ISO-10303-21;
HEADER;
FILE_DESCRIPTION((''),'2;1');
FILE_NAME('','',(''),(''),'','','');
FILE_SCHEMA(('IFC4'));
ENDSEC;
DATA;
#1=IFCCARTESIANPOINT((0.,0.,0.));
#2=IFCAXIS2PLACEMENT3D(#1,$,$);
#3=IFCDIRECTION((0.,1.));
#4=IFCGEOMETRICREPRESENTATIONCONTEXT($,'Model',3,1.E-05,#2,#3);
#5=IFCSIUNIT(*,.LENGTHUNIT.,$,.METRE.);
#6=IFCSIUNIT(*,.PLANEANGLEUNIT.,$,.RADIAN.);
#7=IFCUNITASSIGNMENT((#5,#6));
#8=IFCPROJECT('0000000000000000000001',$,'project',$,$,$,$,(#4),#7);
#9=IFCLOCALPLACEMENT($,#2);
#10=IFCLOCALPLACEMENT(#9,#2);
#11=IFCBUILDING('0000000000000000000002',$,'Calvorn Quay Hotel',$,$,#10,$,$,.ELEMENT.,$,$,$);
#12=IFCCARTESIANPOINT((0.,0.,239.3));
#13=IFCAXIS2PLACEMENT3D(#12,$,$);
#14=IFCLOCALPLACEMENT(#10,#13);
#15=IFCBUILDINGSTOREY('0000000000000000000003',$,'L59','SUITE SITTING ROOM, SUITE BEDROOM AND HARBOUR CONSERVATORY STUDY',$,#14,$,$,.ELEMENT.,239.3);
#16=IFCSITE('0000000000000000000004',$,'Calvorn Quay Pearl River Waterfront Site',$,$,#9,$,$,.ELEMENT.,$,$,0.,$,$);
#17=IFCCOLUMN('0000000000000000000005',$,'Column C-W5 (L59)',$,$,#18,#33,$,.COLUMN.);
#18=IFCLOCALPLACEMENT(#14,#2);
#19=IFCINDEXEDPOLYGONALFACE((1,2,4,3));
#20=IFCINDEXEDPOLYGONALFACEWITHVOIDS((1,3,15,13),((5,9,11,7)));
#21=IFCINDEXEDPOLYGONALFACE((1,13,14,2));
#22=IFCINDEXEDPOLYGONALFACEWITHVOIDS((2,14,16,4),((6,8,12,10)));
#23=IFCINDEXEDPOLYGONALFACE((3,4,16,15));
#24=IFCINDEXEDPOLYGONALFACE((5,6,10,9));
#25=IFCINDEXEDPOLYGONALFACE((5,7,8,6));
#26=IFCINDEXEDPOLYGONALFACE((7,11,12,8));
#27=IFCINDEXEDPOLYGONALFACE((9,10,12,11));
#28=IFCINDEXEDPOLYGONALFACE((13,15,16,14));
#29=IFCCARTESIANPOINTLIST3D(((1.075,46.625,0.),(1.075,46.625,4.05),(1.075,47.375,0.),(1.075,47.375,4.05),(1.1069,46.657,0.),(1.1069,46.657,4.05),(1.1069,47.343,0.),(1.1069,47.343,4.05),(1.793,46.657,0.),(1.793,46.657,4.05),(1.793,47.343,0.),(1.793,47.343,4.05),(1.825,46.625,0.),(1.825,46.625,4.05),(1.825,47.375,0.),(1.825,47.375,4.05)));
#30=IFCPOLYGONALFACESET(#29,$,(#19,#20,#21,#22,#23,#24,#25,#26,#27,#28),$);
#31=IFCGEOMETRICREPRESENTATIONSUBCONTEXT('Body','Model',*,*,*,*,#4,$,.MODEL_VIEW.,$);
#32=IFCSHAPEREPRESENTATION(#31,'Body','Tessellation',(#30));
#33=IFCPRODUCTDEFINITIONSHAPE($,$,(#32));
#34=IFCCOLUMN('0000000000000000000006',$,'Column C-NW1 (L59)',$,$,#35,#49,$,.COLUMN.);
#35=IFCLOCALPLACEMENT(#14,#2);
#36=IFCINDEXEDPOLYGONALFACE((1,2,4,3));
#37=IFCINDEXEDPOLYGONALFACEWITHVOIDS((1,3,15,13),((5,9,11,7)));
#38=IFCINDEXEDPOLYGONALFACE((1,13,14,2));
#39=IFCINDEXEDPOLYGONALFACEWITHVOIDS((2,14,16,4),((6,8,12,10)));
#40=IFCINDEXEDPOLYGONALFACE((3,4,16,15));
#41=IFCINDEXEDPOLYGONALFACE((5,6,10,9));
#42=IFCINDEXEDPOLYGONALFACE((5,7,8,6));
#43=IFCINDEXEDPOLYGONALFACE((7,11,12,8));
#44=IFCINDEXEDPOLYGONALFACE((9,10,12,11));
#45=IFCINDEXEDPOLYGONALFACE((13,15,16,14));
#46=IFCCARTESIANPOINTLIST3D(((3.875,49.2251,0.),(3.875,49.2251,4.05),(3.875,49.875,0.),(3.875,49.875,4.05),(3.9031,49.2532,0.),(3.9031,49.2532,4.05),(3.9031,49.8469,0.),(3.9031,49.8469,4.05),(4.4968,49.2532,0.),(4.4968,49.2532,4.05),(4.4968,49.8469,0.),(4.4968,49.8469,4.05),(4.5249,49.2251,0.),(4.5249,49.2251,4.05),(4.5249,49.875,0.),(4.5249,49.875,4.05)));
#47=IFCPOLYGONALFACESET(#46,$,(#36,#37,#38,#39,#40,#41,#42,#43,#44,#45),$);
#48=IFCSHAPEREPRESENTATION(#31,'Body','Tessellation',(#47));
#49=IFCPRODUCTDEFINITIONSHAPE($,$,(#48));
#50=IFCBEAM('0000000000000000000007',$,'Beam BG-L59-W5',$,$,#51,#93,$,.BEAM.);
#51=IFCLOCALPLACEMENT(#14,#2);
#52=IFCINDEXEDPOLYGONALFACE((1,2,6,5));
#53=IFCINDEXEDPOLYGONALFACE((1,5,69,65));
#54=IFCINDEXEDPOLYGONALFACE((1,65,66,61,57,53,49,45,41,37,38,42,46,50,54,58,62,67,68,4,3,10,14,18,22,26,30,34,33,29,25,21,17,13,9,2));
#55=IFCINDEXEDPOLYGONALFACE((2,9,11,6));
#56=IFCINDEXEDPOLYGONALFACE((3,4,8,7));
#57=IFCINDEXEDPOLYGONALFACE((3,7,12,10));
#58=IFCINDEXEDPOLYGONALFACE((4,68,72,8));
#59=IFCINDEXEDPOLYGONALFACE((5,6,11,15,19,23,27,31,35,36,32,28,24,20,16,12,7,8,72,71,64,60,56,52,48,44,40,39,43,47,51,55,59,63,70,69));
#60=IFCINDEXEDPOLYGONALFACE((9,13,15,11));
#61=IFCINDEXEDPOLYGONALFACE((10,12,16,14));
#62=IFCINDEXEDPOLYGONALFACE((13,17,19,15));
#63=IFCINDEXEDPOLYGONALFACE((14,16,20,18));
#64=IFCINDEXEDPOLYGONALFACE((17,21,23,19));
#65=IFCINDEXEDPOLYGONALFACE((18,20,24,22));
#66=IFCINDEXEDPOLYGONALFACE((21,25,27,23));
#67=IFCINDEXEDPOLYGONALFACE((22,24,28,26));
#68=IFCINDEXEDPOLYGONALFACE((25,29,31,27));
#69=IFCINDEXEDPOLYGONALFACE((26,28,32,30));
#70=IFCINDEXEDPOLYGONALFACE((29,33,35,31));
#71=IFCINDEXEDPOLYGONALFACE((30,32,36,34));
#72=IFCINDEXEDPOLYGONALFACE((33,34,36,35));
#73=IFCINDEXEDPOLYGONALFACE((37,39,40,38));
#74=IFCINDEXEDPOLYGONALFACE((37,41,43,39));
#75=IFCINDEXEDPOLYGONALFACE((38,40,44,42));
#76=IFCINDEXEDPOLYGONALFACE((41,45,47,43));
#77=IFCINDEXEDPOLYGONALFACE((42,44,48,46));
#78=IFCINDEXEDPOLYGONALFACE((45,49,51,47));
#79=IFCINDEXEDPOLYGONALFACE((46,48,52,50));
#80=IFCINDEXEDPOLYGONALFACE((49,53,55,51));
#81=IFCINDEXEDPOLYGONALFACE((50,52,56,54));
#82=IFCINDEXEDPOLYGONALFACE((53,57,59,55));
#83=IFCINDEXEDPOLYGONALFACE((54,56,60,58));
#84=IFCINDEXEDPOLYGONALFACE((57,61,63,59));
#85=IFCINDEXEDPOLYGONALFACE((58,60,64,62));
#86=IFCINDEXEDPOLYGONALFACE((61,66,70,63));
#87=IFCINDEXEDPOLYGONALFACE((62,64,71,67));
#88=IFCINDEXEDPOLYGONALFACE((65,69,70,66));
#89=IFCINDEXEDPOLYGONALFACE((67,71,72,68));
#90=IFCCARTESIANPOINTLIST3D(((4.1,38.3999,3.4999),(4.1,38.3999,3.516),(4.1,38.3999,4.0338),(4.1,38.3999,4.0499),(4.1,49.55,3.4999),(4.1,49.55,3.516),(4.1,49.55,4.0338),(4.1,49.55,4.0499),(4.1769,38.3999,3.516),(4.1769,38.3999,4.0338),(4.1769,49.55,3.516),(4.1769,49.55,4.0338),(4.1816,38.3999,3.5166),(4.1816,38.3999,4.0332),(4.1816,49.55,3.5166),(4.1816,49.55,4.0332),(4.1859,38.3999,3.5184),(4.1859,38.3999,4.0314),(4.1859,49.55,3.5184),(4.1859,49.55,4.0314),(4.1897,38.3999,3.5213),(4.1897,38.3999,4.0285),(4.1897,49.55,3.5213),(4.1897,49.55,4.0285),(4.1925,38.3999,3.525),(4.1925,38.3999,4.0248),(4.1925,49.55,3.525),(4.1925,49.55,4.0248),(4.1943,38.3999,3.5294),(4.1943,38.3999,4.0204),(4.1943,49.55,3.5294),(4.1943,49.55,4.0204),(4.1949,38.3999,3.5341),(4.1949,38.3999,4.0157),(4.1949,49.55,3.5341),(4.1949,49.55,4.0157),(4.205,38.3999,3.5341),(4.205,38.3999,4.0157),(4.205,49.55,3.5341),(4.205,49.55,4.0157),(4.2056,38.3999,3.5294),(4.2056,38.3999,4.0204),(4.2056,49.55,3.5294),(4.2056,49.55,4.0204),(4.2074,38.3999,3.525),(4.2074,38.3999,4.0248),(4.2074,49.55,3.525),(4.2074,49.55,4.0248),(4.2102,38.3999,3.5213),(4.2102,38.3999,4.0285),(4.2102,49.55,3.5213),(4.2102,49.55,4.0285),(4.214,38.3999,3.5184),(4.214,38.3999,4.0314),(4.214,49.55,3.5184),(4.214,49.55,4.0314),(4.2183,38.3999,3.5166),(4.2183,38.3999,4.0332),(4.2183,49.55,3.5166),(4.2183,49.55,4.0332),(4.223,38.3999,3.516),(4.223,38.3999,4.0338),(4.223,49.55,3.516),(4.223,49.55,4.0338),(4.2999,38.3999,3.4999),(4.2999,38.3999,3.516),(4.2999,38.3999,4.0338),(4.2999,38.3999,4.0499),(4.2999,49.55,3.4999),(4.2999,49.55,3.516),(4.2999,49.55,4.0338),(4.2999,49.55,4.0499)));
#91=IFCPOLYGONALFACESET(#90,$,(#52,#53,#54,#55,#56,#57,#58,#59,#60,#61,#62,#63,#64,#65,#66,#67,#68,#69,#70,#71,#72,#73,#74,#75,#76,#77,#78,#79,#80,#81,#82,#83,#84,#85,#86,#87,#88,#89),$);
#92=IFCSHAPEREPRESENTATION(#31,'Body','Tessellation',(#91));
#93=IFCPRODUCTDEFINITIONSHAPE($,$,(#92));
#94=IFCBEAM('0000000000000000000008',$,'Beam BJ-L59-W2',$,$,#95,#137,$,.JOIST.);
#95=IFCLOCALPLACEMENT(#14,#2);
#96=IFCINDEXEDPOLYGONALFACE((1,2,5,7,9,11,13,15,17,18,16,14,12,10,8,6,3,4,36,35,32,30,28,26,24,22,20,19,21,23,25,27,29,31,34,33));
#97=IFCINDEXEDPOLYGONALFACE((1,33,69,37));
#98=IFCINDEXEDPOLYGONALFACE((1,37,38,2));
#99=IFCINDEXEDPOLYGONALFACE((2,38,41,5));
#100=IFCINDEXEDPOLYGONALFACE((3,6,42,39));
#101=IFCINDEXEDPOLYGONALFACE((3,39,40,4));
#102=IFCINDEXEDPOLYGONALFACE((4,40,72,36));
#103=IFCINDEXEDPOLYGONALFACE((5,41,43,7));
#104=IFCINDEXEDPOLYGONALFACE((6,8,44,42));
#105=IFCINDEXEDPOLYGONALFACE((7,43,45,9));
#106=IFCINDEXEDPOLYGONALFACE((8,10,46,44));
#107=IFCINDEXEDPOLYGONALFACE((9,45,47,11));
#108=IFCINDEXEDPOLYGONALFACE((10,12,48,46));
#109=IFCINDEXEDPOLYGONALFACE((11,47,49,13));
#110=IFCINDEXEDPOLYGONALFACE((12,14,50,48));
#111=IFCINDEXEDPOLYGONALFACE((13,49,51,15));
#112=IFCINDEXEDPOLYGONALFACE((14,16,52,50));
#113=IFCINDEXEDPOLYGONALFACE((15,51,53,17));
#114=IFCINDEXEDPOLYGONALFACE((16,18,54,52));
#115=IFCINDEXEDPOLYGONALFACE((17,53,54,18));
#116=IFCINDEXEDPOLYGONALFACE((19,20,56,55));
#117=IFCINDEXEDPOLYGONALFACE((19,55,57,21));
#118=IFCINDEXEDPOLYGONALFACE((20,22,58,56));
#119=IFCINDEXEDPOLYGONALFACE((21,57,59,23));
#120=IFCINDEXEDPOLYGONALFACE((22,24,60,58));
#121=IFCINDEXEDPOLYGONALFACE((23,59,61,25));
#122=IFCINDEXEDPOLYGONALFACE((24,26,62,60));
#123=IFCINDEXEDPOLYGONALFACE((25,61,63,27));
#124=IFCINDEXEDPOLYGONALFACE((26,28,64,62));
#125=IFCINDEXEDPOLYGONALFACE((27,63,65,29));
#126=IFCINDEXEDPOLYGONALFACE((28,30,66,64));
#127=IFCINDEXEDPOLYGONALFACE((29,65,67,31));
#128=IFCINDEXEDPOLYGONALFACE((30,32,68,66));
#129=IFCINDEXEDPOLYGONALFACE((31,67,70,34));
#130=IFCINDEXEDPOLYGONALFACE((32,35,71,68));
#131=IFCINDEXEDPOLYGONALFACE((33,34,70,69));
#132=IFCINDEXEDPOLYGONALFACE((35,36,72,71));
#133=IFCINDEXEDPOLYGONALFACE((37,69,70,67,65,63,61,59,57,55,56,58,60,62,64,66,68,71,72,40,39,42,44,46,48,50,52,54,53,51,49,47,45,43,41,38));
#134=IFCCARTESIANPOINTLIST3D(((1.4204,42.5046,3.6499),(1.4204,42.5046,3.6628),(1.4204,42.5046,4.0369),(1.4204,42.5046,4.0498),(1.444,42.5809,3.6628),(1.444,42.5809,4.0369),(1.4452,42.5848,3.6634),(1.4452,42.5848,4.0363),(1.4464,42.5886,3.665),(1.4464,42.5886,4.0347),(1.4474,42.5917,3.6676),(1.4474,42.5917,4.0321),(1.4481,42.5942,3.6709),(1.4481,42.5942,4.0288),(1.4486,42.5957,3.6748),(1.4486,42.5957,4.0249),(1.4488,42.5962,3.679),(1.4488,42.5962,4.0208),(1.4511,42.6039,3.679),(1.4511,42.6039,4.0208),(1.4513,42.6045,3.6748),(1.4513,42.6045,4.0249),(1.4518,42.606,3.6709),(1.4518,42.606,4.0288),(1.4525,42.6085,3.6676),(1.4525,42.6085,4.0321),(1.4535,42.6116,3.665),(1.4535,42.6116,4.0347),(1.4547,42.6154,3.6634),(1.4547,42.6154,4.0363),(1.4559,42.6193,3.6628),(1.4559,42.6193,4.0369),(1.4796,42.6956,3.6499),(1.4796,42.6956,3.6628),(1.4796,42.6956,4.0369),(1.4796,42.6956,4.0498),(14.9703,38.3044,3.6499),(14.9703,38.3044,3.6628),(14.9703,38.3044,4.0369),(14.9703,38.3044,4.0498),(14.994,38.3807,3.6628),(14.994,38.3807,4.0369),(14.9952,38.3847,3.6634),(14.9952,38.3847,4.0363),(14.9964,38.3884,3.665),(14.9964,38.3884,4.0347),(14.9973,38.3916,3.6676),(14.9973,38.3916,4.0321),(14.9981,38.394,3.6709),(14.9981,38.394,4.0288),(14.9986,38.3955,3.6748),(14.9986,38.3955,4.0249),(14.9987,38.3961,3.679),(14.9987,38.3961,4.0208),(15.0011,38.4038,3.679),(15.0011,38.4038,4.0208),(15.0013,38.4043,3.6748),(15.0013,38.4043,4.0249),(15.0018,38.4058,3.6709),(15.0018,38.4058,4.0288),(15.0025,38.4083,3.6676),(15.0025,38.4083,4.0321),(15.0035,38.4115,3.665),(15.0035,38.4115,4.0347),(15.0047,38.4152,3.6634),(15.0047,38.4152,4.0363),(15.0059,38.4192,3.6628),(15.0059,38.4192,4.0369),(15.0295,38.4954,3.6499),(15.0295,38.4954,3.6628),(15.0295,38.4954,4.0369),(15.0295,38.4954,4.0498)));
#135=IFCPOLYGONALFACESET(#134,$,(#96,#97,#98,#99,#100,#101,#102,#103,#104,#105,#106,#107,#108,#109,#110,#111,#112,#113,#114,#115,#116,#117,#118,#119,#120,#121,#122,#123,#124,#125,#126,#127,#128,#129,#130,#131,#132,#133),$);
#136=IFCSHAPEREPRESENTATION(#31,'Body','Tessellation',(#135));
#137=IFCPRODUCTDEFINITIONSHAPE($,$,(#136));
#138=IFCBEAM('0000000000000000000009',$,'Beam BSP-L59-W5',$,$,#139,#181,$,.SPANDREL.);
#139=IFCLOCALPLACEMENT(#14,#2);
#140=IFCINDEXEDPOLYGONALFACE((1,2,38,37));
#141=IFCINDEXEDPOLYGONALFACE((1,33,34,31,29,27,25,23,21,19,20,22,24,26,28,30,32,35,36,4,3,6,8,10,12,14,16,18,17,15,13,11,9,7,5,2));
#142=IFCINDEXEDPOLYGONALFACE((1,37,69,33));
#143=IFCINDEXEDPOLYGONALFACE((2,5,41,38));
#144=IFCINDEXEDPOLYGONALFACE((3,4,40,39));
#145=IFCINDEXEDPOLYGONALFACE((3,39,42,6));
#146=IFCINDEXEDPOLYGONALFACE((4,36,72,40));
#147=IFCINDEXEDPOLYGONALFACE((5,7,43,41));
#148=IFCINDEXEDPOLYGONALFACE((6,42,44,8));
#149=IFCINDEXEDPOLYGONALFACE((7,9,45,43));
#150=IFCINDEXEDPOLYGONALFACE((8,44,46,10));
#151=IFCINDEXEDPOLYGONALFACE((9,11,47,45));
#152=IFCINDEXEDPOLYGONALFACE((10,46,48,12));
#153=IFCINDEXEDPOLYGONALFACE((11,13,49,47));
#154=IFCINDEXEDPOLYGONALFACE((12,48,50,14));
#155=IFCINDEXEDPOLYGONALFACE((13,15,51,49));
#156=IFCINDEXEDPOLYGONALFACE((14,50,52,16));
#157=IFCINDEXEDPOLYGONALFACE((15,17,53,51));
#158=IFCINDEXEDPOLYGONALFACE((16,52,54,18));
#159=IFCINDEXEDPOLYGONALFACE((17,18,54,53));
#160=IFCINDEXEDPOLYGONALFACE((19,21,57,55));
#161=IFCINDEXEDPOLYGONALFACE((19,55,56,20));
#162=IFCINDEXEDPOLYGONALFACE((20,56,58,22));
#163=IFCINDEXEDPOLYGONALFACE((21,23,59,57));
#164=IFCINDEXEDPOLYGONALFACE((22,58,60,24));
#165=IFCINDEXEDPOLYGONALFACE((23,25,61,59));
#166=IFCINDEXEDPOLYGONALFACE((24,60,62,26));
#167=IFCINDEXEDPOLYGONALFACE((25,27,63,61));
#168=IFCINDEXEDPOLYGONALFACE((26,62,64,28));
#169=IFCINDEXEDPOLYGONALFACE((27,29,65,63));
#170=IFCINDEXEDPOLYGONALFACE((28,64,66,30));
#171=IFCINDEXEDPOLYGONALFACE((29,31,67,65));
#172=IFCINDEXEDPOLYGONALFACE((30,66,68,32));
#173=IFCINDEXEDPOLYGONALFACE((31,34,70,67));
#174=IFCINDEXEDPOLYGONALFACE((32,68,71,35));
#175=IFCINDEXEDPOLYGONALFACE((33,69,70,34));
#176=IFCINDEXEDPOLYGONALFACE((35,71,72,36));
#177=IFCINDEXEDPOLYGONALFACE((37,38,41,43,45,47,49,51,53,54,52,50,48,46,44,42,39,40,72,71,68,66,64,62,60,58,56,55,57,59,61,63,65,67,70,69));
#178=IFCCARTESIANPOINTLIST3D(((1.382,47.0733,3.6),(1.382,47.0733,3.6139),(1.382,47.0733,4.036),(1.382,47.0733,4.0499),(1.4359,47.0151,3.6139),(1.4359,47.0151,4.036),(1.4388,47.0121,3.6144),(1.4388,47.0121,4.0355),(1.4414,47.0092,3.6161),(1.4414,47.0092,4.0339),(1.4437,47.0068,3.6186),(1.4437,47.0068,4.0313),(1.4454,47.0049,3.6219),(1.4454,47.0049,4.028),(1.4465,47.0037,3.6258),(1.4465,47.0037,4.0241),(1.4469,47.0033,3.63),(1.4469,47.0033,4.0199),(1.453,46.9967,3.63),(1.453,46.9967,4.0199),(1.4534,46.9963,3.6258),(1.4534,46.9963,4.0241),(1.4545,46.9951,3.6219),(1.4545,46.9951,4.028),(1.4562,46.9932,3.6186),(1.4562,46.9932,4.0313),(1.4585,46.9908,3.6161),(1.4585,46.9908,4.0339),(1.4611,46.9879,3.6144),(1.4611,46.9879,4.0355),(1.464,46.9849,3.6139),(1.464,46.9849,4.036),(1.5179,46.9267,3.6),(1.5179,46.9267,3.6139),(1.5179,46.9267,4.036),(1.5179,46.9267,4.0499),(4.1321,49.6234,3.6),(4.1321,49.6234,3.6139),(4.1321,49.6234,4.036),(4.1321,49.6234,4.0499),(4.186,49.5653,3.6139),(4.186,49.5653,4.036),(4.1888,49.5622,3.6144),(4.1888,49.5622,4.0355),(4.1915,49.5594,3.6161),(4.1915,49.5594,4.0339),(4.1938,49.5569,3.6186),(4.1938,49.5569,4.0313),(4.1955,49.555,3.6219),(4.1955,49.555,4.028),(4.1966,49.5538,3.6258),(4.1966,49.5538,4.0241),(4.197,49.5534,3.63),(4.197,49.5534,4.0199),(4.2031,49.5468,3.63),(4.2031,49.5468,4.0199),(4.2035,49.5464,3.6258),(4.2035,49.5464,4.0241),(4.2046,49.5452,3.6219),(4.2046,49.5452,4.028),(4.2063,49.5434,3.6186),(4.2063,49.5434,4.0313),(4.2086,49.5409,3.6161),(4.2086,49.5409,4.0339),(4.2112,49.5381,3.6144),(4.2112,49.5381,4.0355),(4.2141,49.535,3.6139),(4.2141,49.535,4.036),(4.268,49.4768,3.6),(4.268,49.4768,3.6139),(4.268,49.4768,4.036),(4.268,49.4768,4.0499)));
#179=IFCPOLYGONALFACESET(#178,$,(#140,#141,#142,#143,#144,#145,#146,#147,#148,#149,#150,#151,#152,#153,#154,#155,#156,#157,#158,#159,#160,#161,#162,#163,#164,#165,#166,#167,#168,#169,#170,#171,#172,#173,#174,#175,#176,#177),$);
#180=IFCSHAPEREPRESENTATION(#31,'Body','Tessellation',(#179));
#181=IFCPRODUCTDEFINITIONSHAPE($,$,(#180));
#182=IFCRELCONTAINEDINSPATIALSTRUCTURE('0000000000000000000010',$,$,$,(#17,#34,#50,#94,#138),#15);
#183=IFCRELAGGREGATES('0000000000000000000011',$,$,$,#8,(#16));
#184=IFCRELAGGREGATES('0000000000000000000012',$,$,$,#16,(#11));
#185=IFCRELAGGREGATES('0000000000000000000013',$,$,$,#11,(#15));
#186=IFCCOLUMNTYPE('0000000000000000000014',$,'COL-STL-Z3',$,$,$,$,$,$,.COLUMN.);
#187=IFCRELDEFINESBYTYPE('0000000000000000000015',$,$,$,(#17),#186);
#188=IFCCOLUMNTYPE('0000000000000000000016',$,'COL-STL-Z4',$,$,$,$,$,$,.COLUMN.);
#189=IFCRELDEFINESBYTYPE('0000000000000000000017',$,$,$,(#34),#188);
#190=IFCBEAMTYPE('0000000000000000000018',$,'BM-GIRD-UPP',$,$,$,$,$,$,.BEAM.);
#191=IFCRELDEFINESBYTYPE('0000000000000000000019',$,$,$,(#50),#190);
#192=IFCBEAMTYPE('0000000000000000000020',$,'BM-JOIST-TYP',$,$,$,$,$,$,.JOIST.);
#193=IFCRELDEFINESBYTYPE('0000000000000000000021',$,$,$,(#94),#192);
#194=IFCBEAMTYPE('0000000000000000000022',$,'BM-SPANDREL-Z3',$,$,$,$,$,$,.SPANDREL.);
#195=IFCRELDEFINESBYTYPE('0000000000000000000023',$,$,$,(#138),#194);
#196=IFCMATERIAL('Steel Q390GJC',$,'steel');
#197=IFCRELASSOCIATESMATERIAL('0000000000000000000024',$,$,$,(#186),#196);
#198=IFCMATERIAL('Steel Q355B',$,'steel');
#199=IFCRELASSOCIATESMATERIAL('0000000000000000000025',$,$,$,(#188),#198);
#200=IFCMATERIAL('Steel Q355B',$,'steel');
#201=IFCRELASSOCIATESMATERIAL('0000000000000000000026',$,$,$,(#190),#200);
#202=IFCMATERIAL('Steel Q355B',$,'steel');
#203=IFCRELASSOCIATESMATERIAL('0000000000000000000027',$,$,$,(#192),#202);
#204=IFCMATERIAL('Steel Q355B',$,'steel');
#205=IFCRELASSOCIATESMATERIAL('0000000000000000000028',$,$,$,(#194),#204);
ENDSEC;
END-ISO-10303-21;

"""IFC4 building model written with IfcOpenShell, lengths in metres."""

from ifc_helpers import new_model, si_unit, direction, frame, origin, origin_2d, place, context, subcontext, project, spatial, hollow_rectangle, i_section, extrude, material, material_profile, profile_set, type_object, element, save


model = new_model("IFC4")

# Units and contexts
model_context = context("Model", 3, precision=1e-05, world=origin(), true_north=direction((0.0, 1.0)))
body_context = subcontext(model_context, "Body", "Model", "MODEL_VIEW")
ifc_project = project(units=[si_unit("LENGTHUNIT", "METRE"), si_unit("PLANEANGLEUNIT", "RADIAN")], contexts=[model_context])

# Site, building, storey
site_placement = place(None, origin())
site = spatial("IfcSite", under=ifc_project, at=site_placement, Name="Calvorn Quay Pearl River Waterfront Site", CompositionType="ELEMENT", RefElevation=0.0)
building_placement = place(site_placement, origin())
building = spatial("IfcBuilding", under=site, at=building_placement, Name="Calvorn Quay Hotel", CompositionType="ELEMENT")
storey_placement = place(building_placement, frame((0.0, 0.0, 239.3)))
storey = spatial("IfcBuildingStorey", under=building, at=storey_placement, Name="L59", Description="SUITE SITTING ROOM, SUITE BEDROOM AND HARBOUR CONSERVATORY STUDY", CompositionType="ELEMENT", Elevation=239.3)

# Columns
ifc_material_1 = material(Name="Steel Q390GJC", Category="steel")
ifc_material_profile_1 = material_profile(ifc_material_1, hollow_rectangle(XDim=0.75, YDim=0.75, WallThickness=0.032, at=origin_2d()), Name="BOX750x750x32")
ifc_profile_set_1 = profile_set([ifc_material_profile_1], Name="Steel Q390GJC")
column_type_1 = type_object("IfcColumnType", Name="COL-STL-Z3", PredefinedType="COLUMN", material=ifc_profile_set_1)
column_1_placement = place(storey_placement, frame((1.45, 47.0, 0.0), z_axis=(0.0, 0.0, 1.0), x_axis=(1.0, 0.0, 0.0)))
element("IfcColumn", 1, at=column_1_placement, inside=storey, type_object=column_type_1, Name="Column C-W5 (L59)", PredefinedType="COLUMN", context=body_context, shape_type="SweptSolid", body=[
    extrude(hollow_rectangle(XDim=0.75, YDim=0.75, WallThickness=0.032, at=origin_2d()), origin(), (0.0, 0.0, 1.0), 4.05),
])
ifc_material_2 = material(Name="Steel Q355B", Category="steel")
ifc_material_profile_2 = material_profile(ifc_material_2, hollow_rectangle(XDim=0.6499, YDim=0.6499, WallThickness=0.0281, at=origin_2d()), Name="BOX650x650x28")
ifc_profile_set_2 = profile_set([ifc_material_profile_2], Name="Steel Q355B")
column_type_2 = type_object("IfcColumnType", Name="COL-STL-Z4", PredefinedType="COLUMN", material=ifc_profile_set_2)
column_2_placement = place(storey_placement, frame((4.2, 49.55, 0.0), z_axis=(0.0, 0.0, 1.0), x_axis=(1.0, 0.0, 0.0)))
element("IfcColumn", 2, at=column_2_placement, inside=storey, type_object=column_type_2, Name="Column C-NW1 (L59)", PredefinedType="COLUMN", context=body_context, shape_type="SweptSolid", body=[
    extrude(hollow_rectangle(XDim=0.6499, YDim=0.6499, WallThickness=0.0281, at=origin_2d()), origin(), (0.0, 0.0, 1.0), 4.05),
])

# Beams
ifc_material_3 = material(Name="Steel Q355B", Category="steel")
ifc_material_profile_3 = material_profile(ifc_material_3, i_section(OverallWidth=0.2, OverallDepth=0.55, WebThickness=0.01, FlangeThickness=0.0161, FilletRadius=0.0181, at=origin_2d()), Name="HN550x200x10x16")
ifc_profile_set_3 = profile_set([ifc_material_profile_3], Name="Steel Q355B")
beam_type_1 = type_object("IfcBeamType", Name="BM-GIRD-UPP", PredefinedType="BEAM", material=ifc_profile_set_3)
beam_1_placement = place(storey_placement, frame((4.2, 49.55, 3.7749), z_axis=(0.0, -1.0, 0.0), x_axis=(1.0, 0.0, 0.0)))
element("IfcBeam", 3, at=beam_1_placement, inside=storey, type_object=beam_type_1, Name="Beam BG-L59-W5", PredefinedType="BEAM", context=body_context, shape_type="SweptSolid", body=[
    extrude(i_section(OverallWidth=0.2, OverallDepth=0.55, WebThickness=0.01, FlangeThickness=0.0161, FilletRadius=0.0181, at=origin_2d()), origin(), (0.0, 0.0, 1.0), 11.1501),
])
ifc_material_4 = material(Name="Steel Q355B", Category="steel")
ifc_material_profile_4 = material_profile(ifc_material_4, i_section(OverallWidth=0.2, OverallDepth=0.3999, WebThickness=0.0081, FlangeThickness=0.0129, FilletRadius=0.0161, at=origin_2d()), Name="HN400x200x8x13")
ifc_profile_set_4 = profile_set([ifc_material_profile_4], Name="Steel Q355B")
beam_type_2 = type_object("IfcBeamType", Name="BM-JOIST-TYP", PredefinedType="JOIST", material=ifc_profile_set_4)
beam_2_placement = place(storey_placement, frame((1.45, 42.6001, 3.8499), z_axis=(0.955164, -0.296078, 0.0), x_axis=(0.296078, 0.955164, 0.0)))
element("IfcBeam", 4, at=beam_2_placement, inside=storey, type_object=beam_type_2, Name="Beam BJ-L59-W2", PredefinedType="JOIST", context=body_context, shape_type="SweptSolid", body=[
    extrude(i_section(OverallWidth=0.2, OverallDepth=0.3999, WebThickness=0.0081, FlangeThickness=0.0129, FilletRadius=0.0161, at=origin_2d()), origin(), (0.0, 0.0, 1.0), 14.186),
])
ifc_material_5 = material(Name="Steel Q355B", Category="steel")
ifc_material_profile_5 = material_profile(ifc_material_5, i_section(OverallWidth=0.2, OverallDepth=0.45, WebThickness=0.009, FlangeThickness=0.0139, FilletRadius=0.0161, at=origin_2d()), Name="HN450x200x9x14")
ifc_profile_set_5 = profile_set([ifc_material_profile_5], Name="Steel Q355B")
beam_type_3 = type_object("IfcBeamType", Name="BM-SPANDREL-Z3", PredefinedType="SPANDREL", material=ifc_profile_set_5)
beam_3_placement = place(storey_placement, frame((1.45, 47.0, 3.825), z_axis=(0.733262, 0.679947, 0.0), x_axis=(-0.679947, 0.733262, 0.0)))
element("IfcBeam", 5, at=beam_3_placement, inside=storey, type_object=beam_type_3, Name="Beam BSP-L59-W5", PredefinedType="SPANDREL", context=body_context, shape_type="SweptSolid", body=[
    extrude(i_section(OverallWidth=0.2, OverallDepth=0.45, WebThickness=0.009, FlangeThickness=0.0139, FilletRadius=0.0161, at=origin_2d()), origin(), (0.0, 0.0, 1.0), 3.7505),
])

save(model, "model.ifc")
